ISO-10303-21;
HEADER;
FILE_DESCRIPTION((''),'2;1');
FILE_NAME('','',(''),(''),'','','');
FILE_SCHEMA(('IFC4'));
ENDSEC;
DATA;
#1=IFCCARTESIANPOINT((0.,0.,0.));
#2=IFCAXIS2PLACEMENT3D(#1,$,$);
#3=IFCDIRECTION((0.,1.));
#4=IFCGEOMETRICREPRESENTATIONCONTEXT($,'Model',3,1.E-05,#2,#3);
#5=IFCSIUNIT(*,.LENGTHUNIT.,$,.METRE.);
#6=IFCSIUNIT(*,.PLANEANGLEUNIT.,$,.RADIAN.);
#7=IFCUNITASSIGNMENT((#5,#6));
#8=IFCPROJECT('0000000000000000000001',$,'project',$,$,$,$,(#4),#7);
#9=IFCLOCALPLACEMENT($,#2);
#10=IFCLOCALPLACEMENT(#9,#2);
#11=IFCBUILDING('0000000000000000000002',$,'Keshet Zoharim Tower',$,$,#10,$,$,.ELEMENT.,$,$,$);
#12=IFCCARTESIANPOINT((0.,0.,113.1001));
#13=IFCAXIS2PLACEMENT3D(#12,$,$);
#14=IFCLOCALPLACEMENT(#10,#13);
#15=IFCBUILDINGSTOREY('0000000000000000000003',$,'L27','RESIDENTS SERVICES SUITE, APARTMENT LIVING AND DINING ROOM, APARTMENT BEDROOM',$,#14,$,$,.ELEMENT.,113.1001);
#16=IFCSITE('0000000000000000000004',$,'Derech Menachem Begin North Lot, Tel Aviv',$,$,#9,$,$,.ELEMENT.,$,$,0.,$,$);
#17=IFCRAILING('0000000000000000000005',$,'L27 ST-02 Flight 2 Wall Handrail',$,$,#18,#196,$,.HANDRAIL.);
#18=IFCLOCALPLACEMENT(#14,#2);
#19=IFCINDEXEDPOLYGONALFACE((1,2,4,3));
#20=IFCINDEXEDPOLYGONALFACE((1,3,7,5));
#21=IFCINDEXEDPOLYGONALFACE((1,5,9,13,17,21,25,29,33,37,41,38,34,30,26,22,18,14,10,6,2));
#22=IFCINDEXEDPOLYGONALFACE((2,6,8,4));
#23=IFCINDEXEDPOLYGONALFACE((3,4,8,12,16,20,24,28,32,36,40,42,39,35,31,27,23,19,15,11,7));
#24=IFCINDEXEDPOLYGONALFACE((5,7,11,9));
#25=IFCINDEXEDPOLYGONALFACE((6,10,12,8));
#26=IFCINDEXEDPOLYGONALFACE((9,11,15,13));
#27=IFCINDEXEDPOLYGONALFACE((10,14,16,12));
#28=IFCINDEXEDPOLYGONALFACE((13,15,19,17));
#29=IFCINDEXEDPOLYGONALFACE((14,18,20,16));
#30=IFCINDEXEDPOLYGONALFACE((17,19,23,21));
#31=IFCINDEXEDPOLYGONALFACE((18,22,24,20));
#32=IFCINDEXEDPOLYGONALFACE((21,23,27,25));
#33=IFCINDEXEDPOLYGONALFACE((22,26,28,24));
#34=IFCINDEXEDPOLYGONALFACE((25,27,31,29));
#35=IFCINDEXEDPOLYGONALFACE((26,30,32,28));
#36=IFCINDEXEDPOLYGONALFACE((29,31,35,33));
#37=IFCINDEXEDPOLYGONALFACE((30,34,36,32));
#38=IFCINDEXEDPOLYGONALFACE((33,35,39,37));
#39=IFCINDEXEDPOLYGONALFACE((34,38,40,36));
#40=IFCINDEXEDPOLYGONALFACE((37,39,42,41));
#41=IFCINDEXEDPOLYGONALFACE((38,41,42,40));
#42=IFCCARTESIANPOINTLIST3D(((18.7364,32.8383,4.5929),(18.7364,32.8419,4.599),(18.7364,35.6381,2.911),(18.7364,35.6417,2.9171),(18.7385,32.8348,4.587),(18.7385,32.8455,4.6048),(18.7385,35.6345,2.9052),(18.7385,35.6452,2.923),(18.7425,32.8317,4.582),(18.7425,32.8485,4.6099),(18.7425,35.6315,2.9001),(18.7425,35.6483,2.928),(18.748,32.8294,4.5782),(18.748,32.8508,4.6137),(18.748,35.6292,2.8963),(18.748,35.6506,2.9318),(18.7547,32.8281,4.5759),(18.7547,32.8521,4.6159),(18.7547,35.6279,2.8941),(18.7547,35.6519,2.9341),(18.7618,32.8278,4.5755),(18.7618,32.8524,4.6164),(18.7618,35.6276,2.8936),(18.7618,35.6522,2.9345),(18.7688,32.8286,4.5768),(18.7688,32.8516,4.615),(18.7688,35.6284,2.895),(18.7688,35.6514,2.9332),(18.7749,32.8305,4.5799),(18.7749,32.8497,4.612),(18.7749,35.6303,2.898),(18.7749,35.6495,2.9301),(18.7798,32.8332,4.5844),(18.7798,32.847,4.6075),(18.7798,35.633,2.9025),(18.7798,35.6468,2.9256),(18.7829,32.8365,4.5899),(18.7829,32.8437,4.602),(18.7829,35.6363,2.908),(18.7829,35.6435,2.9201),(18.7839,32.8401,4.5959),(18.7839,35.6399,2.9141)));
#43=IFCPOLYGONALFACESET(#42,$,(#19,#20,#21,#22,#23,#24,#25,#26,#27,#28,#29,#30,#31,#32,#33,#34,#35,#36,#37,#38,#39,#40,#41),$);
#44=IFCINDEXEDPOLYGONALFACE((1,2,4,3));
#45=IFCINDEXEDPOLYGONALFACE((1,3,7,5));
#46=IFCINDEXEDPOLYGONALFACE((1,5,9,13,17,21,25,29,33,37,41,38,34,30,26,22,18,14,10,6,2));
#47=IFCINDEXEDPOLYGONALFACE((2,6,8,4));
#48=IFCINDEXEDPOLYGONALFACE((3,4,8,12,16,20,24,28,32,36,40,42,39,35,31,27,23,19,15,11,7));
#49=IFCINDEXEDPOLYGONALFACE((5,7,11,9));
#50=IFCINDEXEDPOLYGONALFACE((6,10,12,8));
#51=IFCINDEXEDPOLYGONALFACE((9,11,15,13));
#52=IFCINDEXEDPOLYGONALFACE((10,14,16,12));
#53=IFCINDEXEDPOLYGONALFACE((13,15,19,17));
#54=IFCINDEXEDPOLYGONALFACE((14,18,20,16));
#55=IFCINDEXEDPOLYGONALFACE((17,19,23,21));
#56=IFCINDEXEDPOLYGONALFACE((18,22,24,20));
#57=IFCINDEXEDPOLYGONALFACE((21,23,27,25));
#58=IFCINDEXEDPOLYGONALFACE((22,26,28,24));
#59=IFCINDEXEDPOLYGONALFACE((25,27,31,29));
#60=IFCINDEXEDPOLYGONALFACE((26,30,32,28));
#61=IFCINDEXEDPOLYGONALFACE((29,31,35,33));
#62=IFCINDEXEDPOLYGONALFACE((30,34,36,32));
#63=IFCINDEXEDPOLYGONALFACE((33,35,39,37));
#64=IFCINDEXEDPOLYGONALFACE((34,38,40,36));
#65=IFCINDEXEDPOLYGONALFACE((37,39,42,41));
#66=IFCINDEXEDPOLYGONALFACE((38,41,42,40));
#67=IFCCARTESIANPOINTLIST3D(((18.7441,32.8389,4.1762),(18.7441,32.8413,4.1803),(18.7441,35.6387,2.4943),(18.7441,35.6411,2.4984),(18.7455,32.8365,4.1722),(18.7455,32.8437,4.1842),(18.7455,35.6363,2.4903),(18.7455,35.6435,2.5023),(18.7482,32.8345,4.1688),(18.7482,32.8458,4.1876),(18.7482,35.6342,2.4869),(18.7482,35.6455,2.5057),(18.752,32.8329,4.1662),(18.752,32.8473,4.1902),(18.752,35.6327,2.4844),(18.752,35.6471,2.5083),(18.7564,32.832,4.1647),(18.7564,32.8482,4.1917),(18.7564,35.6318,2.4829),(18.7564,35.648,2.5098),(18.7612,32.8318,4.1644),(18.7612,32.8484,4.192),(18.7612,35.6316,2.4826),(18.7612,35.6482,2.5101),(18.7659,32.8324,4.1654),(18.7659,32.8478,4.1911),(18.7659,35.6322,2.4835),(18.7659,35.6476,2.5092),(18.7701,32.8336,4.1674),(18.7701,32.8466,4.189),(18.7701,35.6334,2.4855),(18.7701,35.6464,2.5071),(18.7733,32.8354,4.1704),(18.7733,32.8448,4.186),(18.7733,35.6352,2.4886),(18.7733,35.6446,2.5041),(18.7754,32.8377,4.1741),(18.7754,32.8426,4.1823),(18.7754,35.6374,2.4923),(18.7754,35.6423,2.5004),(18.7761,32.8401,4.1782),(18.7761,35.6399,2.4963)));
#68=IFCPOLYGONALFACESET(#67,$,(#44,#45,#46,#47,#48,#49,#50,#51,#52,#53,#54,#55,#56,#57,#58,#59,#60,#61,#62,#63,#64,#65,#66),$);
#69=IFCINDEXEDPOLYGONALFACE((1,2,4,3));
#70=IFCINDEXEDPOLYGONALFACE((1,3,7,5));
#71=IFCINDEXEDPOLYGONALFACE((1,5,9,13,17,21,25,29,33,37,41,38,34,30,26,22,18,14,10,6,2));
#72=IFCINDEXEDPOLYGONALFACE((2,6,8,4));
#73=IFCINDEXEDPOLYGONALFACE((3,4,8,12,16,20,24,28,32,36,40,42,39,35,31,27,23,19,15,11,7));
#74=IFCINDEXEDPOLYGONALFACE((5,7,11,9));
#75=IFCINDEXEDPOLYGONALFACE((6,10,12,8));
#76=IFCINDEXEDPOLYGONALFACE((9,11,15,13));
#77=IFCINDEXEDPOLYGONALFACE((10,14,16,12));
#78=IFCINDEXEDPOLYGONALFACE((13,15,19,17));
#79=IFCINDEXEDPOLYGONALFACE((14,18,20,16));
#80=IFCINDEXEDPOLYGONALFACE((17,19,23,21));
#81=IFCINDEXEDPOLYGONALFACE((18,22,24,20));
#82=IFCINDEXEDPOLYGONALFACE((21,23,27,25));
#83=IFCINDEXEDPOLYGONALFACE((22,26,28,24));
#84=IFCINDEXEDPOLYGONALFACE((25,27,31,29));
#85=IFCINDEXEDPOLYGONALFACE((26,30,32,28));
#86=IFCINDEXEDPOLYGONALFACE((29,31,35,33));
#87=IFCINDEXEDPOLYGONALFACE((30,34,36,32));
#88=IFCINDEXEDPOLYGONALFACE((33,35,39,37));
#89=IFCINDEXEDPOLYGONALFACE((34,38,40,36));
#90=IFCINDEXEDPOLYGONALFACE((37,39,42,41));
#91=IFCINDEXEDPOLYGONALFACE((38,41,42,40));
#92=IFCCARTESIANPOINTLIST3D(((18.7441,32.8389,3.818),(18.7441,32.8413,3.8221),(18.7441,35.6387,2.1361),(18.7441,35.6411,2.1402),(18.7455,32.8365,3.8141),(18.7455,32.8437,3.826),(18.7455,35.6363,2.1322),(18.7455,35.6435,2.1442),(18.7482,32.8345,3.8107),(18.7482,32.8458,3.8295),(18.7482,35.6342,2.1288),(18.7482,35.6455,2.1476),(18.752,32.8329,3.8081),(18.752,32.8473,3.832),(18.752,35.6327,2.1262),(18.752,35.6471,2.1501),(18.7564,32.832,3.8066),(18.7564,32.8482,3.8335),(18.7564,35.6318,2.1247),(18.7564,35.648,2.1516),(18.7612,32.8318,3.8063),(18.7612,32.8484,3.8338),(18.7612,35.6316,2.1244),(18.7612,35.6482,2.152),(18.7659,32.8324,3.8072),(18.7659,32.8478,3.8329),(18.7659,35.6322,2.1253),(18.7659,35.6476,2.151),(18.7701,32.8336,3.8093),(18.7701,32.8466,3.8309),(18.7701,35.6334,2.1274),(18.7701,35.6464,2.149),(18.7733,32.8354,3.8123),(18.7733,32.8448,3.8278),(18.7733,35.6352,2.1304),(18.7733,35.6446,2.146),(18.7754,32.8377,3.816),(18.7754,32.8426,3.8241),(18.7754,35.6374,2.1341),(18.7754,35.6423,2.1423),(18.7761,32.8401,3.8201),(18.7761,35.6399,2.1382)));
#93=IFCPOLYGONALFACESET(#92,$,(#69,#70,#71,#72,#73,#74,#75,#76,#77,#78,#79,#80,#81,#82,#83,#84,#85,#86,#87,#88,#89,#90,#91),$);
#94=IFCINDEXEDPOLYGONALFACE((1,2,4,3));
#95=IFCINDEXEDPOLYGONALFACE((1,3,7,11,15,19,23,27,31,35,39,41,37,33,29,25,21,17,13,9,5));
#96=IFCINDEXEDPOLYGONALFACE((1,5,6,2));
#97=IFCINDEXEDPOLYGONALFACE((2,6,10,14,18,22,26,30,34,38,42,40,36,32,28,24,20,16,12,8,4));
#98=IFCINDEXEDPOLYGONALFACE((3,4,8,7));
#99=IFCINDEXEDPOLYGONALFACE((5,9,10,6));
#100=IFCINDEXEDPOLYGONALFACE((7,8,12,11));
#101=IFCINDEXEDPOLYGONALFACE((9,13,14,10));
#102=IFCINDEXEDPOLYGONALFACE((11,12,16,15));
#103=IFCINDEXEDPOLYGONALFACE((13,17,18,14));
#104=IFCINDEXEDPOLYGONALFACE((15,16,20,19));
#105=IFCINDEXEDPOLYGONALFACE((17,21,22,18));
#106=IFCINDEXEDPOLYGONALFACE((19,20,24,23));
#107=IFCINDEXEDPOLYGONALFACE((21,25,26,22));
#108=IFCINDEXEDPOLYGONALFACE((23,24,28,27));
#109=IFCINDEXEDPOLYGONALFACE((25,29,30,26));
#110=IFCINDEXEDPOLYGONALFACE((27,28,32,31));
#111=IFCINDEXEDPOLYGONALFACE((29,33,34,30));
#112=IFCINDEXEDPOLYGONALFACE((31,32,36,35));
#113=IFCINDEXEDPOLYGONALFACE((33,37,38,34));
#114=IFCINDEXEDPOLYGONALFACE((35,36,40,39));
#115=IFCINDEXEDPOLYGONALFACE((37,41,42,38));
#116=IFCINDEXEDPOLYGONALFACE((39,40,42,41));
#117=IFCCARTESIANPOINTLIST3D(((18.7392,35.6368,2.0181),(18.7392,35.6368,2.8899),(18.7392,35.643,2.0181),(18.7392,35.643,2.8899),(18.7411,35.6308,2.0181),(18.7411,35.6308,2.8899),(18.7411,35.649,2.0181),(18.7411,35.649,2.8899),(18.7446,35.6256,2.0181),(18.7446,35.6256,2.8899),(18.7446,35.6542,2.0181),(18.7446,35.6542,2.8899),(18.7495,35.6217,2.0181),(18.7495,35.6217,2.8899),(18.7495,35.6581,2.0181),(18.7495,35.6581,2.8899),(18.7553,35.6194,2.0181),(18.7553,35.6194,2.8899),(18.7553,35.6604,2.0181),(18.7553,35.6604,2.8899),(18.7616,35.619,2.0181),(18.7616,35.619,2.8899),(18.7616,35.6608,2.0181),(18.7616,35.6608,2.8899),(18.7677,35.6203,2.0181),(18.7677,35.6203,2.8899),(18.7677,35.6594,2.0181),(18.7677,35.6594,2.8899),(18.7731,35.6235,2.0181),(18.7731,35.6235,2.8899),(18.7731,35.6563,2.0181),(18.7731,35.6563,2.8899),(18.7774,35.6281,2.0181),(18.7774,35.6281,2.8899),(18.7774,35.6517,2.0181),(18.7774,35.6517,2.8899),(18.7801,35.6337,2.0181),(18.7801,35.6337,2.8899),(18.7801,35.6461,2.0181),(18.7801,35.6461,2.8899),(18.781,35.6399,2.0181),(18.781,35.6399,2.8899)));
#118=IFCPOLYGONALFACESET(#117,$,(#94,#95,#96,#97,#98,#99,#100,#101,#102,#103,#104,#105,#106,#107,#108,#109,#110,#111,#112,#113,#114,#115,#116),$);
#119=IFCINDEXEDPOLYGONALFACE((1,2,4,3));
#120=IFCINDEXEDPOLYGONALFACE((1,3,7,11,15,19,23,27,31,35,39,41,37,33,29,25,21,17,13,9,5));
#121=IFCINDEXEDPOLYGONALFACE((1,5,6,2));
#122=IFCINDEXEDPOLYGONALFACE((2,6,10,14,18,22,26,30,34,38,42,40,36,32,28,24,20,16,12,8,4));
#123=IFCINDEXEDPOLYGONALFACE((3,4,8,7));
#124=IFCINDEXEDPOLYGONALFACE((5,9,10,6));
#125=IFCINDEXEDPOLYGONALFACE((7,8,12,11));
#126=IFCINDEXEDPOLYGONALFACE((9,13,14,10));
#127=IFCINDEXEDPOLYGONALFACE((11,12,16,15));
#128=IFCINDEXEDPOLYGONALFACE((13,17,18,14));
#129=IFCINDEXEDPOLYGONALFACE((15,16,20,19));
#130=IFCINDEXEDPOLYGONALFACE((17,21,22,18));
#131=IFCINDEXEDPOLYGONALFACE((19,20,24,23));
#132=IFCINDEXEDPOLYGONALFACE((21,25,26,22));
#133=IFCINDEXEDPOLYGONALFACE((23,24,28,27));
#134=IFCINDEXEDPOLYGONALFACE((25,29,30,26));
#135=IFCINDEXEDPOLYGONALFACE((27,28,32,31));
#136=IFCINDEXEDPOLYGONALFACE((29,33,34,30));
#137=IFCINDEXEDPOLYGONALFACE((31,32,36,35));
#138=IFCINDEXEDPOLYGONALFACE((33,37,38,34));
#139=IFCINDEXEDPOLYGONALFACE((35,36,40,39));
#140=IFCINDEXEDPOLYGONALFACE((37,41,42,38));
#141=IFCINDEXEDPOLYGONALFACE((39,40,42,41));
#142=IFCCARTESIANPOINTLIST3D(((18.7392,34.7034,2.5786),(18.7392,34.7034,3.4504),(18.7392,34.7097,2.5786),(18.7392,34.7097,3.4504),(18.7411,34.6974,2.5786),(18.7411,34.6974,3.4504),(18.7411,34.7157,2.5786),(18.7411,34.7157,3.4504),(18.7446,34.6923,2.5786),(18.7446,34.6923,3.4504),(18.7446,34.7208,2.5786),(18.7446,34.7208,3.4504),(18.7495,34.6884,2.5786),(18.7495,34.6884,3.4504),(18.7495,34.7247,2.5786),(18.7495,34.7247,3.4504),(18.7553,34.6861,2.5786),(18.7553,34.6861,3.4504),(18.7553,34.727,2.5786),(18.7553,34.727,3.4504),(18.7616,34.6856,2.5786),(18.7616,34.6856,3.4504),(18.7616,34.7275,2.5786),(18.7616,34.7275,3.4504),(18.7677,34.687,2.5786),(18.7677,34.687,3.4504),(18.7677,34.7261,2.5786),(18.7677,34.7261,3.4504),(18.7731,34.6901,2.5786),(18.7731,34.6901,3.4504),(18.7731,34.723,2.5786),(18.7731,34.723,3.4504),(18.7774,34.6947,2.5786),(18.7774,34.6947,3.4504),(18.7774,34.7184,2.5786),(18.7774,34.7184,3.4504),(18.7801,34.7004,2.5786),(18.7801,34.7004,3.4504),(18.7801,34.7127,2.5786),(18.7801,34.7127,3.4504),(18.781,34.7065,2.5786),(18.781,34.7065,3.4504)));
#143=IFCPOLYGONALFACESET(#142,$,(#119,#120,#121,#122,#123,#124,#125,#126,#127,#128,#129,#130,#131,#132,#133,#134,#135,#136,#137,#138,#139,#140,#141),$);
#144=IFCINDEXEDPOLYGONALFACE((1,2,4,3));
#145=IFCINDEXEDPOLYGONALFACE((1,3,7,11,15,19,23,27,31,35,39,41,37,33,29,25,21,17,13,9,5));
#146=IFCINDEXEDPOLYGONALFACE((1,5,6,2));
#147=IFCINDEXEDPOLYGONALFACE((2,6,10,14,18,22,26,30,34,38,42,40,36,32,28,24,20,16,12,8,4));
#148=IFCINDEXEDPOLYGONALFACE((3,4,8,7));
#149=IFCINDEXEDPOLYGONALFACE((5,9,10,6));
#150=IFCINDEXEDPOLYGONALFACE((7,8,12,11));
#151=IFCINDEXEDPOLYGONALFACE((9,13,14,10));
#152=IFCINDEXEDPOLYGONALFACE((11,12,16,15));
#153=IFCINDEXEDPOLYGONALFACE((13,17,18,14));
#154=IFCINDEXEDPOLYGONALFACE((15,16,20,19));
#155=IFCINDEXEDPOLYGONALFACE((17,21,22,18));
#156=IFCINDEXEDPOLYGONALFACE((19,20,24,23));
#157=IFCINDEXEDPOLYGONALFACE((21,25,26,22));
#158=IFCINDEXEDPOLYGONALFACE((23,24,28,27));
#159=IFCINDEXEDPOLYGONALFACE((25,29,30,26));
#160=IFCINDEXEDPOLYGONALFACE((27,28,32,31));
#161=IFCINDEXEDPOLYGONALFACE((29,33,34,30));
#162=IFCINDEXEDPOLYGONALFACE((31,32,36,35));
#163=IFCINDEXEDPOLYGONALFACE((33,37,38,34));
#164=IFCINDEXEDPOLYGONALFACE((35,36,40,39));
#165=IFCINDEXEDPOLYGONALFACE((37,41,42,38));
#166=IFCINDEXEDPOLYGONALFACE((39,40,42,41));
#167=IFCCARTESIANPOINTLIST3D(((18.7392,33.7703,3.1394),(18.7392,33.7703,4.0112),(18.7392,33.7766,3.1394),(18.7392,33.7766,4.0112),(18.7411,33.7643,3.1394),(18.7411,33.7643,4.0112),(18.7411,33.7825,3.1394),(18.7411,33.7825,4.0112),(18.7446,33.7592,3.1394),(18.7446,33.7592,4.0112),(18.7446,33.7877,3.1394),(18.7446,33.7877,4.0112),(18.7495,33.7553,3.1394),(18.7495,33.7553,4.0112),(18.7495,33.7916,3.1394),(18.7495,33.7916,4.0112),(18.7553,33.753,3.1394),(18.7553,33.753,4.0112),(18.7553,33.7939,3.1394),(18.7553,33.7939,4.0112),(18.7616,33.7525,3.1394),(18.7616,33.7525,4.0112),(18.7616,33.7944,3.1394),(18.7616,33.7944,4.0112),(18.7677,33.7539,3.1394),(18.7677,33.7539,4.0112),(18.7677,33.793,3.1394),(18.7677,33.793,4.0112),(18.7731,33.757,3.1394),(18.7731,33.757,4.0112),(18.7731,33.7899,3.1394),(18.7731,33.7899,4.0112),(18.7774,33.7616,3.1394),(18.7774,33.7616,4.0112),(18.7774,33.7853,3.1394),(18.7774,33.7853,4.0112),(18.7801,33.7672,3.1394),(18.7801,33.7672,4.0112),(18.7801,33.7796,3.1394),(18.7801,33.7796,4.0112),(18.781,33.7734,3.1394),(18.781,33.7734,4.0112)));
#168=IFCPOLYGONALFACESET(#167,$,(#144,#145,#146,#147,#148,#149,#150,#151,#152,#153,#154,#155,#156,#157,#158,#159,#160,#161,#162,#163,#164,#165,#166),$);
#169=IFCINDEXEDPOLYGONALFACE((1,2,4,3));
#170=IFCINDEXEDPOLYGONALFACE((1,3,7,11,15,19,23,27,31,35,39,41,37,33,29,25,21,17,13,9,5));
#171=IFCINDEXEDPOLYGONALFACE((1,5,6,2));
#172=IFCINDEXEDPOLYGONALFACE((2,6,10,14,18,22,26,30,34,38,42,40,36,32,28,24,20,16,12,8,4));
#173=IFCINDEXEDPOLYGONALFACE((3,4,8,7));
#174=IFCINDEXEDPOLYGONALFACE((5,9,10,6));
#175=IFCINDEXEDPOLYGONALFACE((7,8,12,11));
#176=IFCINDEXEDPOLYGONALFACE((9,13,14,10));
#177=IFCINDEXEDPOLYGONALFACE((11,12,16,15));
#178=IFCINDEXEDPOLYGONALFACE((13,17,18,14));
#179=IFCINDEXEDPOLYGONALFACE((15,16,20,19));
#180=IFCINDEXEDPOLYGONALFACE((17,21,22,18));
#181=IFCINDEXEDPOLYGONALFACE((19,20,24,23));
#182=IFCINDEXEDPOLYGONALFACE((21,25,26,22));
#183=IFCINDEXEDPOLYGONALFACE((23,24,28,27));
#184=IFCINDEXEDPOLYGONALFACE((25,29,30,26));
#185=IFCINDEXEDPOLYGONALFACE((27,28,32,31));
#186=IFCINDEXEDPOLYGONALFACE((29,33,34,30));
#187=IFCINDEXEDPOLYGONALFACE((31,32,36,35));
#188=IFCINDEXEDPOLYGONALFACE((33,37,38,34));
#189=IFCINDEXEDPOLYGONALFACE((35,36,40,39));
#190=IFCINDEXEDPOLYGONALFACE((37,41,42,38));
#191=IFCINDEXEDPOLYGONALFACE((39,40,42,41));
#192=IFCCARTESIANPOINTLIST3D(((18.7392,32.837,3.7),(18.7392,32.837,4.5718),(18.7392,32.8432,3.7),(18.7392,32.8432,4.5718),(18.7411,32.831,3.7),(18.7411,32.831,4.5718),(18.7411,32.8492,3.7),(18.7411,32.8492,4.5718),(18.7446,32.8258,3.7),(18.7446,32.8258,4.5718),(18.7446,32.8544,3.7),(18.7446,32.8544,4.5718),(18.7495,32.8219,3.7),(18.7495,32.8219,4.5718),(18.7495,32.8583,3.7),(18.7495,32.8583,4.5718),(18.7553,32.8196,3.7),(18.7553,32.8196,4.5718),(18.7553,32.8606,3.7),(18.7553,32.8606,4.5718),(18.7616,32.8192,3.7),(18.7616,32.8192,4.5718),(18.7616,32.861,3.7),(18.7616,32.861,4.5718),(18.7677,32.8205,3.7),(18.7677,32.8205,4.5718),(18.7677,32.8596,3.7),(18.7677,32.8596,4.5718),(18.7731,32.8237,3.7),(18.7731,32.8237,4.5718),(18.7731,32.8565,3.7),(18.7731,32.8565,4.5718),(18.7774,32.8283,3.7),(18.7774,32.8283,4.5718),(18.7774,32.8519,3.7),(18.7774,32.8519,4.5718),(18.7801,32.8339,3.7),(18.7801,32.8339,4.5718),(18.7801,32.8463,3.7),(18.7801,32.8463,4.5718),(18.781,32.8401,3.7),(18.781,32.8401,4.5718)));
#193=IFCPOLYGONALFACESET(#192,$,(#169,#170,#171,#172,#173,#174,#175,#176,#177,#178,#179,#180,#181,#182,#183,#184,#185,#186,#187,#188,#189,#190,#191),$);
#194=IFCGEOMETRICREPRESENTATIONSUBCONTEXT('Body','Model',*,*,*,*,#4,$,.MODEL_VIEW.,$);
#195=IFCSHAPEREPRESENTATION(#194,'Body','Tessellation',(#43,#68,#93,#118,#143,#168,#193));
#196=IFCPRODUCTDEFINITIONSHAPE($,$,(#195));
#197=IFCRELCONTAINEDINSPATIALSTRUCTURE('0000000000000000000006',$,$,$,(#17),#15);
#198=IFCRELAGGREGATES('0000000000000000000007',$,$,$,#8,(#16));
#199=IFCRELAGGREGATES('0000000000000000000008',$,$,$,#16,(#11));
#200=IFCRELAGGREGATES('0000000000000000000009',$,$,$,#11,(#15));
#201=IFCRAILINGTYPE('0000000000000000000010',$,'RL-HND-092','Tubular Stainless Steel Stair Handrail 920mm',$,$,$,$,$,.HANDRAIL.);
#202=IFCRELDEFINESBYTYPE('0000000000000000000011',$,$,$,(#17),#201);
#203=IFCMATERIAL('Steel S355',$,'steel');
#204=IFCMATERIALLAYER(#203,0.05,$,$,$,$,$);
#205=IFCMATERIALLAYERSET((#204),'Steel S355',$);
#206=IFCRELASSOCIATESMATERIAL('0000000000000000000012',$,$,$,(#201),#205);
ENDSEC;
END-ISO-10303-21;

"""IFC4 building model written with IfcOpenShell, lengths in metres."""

from ifc_helpers import new_model, si_unit, direction, frame, origin, origin_2d, place, context, subcontext, project, spatial, circle, extrude, material, layer, layer_set, type_object, element, save


model = new_model("IFC4")

# Units and contexts
model_context = context("Model", 3, precision=1e-05, world=origin(), true_north=direction((0.0, 1.0)))
body_context = subcontext(model_context, "Body", "Model", "MODEL_VIEW")
ifc_project = project(units=[si_unit("LENGTHUNIT", "METRE"), si_unit("PLANEANGLEUNIT", "RADIAN")], contexts=[model_context])

# Site, building, storey
site_placement = place(None, origin())
site = spatial("IfcSite", under=ifc_project, at=site_placement, Name="Derech Menachem Begin North Lot, Tel Aviv", CompositionType="ELEMENT", RefElevation=0.0)
building_placement = place(site_placement, origin())
building = spatial("IfcBuilding", under=site, at=building_placement, Name="Keshet Zoharim Tower", CompositionType="ELEMENT")
storey_placement = place(building_placement, frame((0.0, 0.0, 113.1001)))
storey = spatial("IfcBuildingStorey", under=building, at=storey_placement, Name="L27", Description="RESIDENTS SERVICES SUITE, APARTMENT LIVING AND DINING ROOM, APARTMENT BEDROOM", CompositionType="ELEMENT", Elevation=113.1001)

# Shared definitions
ifc_material_1 = material(Name="Steel S355", Category="steel")

# Railing
ifc_layer_1 = layer(ifc_material_1, 0.05)
ifc_layer_set_1 = layer_set([ifc_layer_1], Name="Steel S355")
railing_type_1 = type_object("IfcRailingType", Name="RL-HND-092", Description="Tubular Stainless Steel Stair Handrail 920mm", PredefinedType="HANDRAIL", material=ifc_layer_set_1)
railing_1_placement = place(storey_placement, frame((18.76, 35.6399, 2.0181)))
element("IfcRailing", 1, at=railing_1_placement, inside=storey, type_object=railing_type_1, Name="L27 ST-02 Flight 2 Wall Handrail", PredefinedType="HANDRAIL", context=body_context, shape_type="SweptSolid", body=[
    extrude(circle(Radius=0.0239, at=origin_2d()), frame((0.0, 0.0, 0.896), z_axis=(0.0, -0.857222, 0.514946), x_axis=(1.0, 0.0, 0.0)), (0.0, 0.0, 1.0), 3.2661),
    extrude(circle(Radius=0.0161, at=origin_2d()), frame((0.0, 0.0, 0.4783), z_axis=(0.0, -0.857222, 0.514946), x_axis=(1.0, 0.0, 0.0)), (0.0, 0.0, 1.0), 3.2661),
    extrude(circle(Radius=0.0161, at=origin_2d()), frame((0.0, 0.0, 0.1201), z_axis=(0.0, -0.857222, 0.514946), x_axis=(1.0, 0.0, 0.0)), (0.0, 0.0, 1.0), 3.2661),
    extrude(circle(Radius=0.021, at=origin_2d()), origin(), (0.0, 0.0, 1.0), 0.8718),
    extrude(circle(Radius=0.021, at=origin_2d()), frame((0.0, -0.9333, 0.5605)), (0.0, 0.0, 1.0), 0.8718),
    extrude(circle(Radius=0.021, at=origin_2d()), frame((0.0, -1.8665, 1.1213)), (0.0, 0.0, 1.0), 0.8718),
    extrude(circle(Radius=0.021, at=origin_2d()), frame((0.0, -2.7998, 1.6819)), (0.0, 0.0, 1.0), 0.8718),
])

save(model, "model.ifc")
